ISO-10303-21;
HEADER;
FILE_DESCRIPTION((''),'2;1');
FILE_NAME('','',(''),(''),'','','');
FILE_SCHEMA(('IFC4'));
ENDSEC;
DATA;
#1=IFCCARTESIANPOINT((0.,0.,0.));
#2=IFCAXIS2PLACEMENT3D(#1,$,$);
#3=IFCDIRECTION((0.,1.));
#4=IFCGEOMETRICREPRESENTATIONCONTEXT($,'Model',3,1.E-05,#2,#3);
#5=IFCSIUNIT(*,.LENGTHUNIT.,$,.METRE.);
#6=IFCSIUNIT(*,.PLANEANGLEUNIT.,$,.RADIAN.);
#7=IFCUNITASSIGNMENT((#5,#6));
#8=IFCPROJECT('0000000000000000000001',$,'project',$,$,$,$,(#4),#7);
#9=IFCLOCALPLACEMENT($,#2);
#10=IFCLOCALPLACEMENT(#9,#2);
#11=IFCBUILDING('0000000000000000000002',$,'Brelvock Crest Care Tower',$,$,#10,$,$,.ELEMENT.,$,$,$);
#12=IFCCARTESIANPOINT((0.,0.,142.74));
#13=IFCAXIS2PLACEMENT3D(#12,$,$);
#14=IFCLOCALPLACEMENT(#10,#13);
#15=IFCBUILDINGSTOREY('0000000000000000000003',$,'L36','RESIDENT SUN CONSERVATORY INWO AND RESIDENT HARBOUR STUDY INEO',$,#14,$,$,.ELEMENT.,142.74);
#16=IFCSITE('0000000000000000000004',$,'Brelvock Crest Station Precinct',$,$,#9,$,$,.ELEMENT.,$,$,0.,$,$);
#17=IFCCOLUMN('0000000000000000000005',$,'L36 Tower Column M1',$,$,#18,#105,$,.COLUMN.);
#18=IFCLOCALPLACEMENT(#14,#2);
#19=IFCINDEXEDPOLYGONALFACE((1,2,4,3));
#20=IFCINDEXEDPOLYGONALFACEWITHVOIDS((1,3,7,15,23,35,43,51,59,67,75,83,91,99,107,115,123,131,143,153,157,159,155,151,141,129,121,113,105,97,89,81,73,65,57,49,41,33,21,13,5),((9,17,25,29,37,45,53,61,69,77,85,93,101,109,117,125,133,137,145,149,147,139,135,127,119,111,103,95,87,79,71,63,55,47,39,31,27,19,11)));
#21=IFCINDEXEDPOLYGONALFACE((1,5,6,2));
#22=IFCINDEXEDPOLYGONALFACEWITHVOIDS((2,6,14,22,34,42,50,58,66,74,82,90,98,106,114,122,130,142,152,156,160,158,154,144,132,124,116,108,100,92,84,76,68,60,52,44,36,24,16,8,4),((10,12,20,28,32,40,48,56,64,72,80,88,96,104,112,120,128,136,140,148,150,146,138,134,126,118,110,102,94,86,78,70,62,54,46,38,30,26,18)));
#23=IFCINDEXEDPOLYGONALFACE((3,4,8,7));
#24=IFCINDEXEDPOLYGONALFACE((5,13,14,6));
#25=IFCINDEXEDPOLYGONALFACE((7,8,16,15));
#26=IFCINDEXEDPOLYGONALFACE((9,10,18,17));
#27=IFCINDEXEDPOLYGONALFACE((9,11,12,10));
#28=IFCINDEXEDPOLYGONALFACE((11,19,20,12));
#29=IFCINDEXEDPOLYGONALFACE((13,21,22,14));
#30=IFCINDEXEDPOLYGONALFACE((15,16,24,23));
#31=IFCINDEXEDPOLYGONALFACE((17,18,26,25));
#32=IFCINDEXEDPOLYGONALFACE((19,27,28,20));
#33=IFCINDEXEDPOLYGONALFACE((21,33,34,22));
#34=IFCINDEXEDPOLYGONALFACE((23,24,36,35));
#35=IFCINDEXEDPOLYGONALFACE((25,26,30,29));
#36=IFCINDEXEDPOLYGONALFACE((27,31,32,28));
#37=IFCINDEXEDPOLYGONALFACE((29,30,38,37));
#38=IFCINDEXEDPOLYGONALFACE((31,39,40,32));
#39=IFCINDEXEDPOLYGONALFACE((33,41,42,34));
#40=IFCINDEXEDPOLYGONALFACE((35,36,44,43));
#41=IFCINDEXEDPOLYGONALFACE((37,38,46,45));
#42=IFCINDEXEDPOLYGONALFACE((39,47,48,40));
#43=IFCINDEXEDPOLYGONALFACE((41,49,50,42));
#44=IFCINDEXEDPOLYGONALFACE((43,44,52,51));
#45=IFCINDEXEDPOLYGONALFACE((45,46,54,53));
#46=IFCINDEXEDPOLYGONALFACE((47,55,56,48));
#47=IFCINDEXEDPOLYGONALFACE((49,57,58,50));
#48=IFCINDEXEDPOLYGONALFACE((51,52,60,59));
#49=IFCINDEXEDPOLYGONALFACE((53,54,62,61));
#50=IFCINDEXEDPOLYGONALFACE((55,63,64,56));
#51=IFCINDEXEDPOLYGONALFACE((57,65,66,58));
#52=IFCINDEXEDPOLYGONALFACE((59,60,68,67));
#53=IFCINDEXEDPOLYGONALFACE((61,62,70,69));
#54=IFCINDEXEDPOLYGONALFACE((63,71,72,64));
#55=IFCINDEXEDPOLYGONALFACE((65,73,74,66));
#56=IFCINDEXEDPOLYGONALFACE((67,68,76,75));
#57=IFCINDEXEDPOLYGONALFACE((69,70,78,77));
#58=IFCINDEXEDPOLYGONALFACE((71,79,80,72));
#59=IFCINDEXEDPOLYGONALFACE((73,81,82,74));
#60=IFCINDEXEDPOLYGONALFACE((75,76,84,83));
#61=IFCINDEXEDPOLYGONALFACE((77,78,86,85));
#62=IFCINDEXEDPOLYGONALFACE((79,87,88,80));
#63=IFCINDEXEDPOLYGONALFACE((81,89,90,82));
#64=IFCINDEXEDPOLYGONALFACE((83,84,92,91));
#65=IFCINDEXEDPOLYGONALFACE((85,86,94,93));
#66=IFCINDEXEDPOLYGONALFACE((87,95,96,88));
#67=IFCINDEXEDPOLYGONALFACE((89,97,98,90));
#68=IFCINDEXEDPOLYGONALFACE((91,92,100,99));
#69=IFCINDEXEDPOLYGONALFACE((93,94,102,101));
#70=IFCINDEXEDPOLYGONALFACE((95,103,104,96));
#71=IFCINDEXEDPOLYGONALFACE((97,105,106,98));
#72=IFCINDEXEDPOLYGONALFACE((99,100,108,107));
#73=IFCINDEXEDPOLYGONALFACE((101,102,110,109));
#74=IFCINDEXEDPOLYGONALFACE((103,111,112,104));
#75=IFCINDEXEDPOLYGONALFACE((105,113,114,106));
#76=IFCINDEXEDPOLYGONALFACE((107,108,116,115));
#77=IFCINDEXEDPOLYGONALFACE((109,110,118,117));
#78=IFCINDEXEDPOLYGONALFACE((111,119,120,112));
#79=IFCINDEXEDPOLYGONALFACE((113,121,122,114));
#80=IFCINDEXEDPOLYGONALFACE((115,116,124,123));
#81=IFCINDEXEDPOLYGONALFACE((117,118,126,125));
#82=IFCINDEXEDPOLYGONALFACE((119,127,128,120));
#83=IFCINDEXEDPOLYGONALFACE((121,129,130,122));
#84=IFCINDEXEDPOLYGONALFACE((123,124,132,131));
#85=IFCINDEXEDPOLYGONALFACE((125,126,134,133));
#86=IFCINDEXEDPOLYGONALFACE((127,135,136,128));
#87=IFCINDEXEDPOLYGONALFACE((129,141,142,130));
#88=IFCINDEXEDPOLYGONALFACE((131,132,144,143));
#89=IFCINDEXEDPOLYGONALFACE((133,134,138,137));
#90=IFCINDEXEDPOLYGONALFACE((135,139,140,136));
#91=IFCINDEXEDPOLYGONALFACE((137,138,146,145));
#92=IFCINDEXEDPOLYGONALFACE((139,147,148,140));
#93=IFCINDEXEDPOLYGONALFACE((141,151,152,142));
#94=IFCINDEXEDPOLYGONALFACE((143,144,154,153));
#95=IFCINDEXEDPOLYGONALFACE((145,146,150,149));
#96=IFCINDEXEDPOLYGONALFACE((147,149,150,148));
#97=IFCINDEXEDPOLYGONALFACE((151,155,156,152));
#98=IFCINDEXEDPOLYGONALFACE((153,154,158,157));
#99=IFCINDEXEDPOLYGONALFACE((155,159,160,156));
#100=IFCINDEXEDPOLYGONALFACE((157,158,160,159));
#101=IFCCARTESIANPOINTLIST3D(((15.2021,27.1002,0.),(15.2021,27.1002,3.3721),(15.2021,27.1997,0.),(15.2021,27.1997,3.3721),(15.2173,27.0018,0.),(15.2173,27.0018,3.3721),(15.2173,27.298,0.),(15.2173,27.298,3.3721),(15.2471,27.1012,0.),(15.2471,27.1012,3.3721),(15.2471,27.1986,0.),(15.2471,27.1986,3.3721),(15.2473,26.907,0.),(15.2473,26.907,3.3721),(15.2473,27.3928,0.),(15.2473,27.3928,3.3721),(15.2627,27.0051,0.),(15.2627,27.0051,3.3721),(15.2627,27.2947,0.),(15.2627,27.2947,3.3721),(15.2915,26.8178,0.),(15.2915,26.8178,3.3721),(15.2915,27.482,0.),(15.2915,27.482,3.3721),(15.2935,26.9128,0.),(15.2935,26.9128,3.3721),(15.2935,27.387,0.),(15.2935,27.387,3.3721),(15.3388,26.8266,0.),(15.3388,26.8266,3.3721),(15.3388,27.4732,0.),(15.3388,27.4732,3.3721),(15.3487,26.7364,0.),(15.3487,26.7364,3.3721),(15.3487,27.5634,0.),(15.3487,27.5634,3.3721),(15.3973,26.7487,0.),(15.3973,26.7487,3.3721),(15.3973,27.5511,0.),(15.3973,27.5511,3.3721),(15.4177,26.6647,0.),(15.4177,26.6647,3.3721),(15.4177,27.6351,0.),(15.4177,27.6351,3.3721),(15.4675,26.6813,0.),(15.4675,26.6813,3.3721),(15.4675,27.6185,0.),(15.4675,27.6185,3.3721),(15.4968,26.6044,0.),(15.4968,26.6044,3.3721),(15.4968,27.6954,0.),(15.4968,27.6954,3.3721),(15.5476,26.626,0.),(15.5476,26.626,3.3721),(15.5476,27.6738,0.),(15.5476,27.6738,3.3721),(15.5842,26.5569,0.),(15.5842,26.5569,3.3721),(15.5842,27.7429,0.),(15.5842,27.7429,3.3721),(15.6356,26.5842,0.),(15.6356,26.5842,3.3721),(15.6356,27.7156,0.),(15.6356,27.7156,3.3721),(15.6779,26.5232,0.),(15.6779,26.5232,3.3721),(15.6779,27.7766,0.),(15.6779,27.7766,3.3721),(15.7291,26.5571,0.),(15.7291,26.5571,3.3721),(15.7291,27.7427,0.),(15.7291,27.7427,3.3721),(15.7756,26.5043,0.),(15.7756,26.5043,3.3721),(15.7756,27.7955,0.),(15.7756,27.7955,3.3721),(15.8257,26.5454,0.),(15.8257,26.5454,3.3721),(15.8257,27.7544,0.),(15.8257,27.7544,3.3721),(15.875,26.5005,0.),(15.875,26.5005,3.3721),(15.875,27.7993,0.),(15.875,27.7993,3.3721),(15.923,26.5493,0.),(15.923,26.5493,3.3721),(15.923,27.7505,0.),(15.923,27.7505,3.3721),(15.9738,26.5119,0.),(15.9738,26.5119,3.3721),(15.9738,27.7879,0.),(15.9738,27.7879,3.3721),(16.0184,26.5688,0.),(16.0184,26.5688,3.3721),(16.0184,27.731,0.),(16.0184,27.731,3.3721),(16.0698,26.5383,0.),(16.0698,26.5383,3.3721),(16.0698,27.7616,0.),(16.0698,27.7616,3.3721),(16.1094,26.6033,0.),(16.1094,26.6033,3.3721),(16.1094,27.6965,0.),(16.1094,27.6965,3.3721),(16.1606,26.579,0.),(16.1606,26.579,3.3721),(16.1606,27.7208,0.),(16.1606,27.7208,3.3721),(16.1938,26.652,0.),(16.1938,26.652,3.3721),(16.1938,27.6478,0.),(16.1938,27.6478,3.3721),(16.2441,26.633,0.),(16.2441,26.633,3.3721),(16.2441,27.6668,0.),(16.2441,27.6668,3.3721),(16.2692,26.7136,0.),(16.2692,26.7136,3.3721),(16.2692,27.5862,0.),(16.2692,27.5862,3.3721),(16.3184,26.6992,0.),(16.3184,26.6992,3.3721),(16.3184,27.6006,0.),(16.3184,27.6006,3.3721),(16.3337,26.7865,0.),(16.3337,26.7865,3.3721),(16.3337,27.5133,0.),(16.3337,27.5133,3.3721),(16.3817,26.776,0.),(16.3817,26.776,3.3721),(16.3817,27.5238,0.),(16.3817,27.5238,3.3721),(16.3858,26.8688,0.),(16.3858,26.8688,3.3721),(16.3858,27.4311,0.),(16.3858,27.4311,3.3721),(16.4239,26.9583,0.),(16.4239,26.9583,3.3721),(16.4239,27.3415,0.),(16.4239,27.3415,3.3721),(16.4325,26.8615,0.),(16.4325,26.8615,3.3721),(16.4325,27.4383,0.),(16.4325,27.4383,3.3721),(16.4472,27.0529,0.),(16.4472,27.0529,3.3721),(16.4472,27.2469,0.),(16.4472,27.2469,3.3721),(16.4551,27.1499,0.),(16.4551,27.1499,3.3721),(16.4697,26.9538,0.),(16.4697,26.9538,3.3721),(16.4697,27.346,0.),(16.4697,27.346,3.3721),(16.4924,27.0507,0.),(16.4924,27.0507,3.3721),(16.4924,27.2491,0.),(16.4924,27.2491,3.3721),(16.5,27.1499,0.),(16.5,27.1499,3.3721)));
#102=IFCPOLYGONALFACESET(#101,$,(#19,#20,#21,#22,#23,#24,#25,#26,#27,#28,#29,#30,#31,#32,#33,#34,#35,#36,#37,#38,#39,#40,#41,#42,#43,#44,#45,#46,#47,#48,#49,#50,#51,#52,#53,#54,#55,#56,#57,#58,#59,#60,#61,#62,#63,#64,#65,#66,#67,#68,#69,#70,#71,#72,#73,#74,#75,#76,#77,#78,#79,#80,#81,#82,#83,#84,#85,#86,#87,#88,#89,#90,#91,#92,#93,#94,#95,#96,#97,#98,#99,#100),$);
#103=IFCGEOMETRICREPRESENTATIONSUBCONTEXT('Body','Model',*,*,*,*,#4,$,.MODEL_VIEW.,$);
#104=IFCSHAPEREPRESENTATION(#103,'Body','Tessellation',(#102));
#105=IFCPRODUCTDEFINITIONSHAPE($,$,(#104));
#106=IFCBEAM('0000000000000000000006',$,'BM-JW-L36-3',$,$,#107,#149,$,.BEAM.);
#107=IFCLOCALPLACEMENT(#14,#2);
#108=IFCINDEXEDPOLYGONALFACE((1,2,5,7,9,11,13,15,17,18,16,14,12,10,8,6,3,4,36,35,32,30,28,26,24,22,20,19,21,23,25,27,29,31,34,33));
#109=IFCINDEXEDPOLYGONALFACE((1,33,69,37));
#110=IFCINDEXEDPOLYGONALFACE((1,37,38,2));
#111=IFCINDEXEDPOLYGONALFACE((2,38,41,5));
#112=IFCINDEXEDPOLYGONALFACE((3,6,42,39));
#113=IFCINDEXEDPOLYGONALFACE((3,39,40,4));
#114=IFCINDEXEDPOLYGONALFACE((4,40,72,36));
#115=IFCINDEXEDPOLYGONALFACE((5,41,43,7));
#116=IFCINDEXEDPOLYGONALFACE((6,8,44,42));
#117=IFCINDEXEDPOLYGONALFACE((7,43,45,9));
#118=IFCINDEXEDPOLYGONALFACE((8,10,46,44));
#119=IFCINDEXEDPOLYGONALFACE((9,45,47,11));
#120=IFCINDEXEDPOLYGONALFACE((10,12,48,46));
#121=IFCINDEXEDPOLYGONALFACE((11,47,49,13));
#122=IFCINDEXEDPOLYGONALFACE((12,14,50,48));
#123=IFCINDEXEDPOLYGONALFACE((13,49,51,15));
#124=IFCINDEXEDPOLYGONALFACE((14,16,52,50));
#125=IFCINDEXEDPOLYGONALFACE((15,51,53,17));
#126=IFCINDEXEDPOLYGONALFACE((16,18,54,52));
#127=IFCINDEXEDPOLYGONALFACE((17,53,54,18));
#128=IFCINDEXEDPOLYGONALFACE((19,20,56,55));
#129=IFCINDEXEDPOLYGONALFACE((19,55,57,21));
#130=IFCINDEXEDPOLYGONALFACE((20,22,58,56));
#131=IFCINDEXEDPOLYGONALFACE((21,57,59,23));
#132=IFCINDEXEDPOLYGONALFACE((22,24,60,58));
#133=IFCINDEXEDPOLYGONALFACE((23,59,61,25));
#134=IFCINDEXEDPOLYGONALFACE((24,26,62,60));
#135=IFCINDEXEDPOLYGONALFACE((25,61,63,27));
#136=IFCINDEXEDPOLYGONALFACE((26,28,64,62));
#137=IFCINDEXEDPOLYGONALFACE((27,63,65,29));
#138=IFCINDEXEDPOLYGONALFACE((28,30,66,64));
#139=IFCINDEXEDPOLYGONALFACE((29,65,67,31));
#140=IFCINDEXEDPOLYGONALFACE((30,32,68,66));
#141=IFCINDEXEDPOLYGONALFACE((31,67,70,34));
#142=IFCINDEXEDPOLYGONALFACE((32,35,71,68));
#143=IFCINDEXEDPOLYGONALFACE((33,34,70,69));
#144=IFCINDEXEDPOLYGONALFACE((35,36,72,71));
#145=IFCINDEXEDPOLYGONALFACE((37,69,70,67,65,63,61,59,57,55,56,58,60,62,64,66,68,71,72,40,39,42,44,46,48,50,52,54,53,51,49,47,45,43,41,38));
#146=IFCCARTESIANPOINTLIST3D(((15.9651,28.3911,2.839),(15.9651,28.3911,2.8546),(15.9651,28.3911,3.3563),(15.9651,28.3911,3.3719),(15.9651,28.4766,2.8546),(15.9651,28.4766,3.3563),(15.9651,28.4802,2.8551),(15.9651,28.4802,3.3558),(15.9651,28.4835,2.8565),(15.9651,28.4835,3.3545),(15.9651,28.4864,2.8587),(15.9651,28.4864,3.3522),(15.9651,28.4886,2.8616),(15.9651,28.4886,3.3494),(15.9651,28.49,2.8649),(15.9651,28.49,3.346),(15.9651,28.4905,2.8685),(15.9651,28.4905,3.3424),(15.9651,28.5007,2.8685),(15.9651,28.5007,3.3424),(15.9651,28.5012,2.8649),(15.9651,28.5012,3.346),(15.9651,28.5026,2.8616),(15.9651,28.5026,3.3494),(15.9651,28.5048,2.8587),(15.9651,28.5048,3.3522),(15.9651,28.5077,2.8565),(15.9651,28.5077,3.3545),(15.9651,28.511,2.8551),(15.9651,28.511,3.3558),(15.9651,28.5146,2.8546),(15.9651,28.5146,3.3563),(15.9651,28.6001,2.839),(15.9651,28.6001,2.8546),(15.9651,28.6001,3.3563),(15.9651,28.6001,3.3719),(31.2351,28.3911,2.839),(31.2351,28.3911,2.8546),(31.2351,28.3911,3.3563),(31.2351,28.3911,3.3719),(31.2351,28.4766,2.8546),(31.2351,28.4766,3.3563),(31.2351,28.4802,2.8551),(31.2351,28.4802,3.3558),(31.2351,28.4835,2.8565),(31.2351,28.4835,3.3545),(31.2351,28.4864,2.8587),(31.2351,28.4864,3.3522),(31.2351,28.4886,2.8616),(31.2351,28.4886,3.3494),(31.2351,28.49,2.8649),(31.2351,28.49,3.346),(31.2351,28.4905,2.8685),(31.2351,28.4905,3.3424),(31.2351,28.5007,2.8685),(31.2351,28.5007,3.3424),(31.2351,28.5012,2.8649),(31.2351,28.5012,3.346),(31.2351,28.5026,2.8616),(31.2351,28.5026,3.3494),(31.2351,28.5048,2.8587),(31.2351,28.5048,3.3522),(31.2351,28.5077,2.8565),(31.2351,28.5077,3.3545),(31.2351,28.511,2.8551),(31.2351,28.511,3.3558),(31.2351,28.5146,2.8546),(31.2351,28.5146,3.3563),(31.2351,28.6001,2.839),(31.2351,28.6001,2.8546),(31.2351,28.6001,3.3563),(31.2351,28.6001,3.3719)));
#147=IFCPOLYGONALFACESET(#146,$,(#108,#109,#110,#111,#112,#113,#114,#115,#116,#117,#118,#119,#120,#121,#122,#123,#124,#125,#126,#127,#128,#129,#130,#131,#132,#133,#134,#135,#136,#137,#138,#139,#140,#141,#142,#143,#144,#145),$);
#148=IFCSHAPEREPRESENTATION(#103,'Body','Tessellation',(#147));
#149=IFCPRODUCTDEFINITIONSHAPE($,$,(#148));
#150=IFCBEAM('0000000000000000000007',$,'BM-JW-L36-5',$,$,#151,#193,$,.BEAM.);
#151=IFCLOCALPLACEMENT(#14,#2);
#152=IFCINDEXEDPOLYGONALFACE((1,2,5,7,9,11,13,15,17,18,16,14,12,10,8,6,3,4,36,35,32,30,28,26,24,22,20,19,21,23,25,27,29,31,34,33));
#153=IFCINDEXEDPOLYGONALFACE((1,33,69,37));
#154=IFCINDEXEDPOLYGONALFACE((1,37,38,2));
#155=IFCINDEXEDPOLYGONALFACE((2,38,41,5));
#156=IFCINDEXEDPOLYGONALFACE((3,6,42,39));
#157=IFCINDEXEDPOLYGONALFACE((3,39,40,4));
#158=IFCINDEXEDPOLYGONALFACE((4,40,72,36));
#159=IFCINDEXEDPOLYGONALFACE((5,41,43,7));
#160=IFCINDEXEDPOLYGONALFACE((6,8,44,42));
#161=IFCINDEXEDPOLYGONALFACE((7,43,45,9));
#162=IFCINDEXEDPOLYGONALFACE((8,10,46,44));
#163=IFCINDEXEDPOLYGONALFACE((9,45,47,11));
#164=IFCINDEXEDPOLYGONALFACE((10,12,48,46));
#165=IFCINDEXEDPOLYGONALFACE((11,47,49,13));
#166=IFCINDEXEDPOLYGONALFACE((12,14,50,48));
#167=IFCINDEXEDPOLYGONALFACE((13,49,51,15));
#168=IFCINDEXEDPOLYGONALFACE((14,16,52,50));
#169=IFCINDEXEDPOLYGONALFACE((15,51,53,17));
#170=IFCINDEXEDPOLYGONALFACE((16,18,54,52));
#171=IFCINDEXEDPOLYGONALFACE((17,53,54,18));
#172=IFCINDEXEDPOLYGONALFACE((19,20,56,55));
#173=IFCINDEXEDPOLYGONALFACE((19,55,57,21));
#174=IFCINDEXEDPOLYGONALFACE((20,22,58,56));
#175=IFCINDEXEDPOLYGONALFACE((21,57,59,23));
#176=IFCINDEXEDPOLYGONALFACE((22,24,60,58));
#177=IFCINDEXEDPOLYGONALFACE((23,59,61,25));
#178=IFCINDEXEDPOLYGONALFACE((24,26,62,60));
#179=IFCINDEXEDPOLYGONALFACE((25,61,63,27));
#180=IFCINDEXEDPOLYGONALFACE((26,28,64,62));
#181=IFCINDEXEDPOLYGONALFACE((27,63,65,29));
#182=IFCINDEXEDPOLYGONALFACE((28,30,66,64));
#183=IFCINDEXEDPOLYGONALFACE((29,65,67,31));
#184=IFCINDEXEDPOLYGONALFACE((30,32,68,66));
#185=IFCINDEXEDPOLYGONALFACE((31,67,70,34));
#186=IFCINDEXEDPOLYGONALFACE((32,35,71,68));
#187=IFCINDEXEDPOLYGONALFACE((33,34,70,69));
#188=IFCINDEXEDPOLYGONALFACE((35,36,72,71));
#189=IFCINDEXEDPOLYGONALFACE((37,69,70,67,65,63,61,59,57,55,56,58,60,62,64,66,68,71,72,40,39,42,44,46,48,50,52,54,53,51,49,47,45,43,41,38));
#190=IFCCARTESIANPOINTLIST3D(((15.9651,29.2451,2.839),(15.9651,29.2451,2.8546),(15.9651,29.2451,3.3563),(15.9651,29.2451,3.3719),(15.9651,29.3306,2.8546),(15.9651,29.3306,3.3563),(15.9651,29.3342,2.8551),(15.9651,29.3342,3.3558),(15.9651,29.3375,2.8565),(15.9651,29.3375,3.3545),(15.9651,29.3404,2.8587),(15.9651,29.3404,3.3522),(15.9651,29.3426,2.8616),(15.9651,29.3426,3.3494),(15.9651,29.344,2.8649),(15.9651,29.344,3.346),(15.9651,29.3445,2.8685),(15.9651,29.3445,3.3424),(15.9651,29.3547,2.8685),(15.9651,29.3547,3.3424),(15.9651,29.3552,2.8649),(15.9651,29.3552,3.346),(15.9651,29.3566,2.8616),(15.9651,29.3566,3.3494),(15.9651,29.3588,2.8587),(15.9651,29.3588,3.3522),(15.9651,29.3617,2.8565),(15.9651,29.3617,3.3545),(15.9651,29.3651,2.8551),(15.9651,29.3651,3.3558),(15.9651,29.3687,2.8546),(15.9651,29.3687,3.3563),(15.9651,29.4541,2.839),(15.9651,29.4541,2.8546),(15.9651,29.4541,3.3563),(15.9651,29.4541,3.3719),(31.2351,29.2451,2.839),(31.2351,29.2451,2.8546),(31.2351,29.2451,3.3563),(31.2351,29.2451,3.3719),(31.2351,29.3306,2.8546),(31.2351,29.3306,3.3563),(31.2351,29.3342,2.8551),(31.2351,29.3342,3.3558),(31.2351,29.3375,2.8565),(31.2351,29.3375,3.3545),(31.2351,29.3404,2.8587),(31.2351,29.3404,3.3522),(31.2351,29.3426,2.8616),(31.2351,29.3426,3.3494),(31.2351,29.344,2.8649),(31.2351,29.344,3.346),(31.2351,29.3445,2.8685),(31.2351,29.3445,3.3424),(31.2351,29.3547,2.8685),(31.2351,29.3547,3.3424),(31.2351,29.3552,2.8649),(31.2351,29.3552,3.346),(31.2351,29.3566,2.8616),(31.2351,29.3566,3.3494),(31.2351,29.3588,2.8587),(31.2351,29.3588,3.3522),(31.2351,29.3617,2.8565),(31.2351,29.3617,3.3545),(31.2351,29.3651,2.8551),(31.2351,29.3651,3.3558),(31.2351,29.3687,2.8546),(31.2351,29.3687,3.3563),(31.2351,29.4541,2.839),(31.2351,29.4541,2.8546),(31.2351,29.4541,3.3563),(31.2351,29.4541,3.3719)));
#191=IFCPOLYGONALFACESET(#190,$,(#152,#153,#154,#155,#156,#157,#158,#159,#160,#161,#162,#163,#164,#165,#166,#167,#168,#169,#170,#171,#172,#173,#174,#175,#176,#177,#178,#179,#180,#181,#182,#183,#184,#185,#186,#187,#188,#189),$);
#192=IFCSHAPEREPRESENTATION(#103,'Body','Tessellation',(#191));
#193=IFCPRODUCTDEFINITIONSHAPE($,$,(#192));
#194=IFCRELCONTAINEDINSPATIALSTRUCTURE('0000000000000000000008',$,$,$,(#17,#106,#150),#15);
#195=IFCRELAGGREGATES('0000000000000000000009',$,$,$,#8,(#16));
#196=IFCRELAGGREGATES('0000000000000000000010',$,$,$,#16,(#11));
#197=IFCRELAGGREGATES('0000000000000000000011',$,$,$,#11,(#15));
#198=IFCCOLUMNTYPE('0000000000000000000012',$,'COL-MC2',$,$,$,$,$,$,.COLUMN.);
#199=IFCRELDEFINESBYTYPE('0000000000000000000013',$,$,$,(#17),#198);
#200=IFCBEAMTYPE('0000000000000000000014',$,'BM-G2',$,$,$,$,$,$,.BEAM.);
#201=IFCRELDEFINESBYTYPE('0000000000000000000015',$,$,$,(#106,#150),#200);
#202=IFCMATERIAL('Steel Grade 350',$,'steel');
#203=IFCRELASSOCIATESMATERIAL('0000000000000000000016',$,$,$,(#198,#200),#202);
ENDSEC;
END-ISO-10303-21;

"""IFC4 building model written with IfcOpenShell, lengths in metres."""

from ifc_helpers import new_model, si_unit, direction, frame, origin, origin_2d, place, context, subcontext, project, spatial, hollow_circle, i_section, extrude, source, transform, mapped, material, material_profile, profile_set, type_object, element, save


model = new_model("IFC4")

# Units and contexts
model_context = context("Model", 3, precision=1e-05, world=origin(), true_north=direction((0.0, 1.0)))
body_context = subcontext(model_context, "Body", "Model", "MODEL_VIEW")
ifc_project = project(units=[si_unit("LENGTHUNIT", "METRE"), si_unit("PLANEANGLEUNIT", "RADIAN")], contexts=[model_context])

# Site, building, storey
site_placement = place(None, origin())
site = spatial("IfcSite", under=ifc_project, at=site_placement, Name="Brelvock Crest Station Precinct", CompositionType="ELEMENT", RefElevation=0.0)
building_placement = place(site_placement, origin())
building = spatial("IfcBuilding", under=site, at=building_placement, Name="Brelvock Crest Care Tower", CompositionType="ELEMENT")
storey_placement = place(building_placement, frame((0.0, 0.0, 142.74)))
storey = spatial("IfcBuildingStorey", under=building, at=storey_placement, Name="L36", Description="RESIDENT SUN CONSERVATORY INWO AND RESIDENT HARBOUR STUDY INEO", CompositionType="ELEMENT", Elevation=142.74)

# Column
ifc_material_1 = material(Name="Steel Grade 350", Category="steel")
ifc_material_profile_1 = material_profile(ifc_material_1, hollow_circle(Radius=0.6499, WallThickness=0.0449, at=origin_2d()), Name="CFT1300x45")
ifc_profile_set_1 = profile_set([ifc_material_profile_1], Name="Steel Grade 350")
column_type = type_object("IfcColumnType", Name="COL-MC2", PredefinedType="COLUMN", material=ifc_profile_set_1)
shared_shape_1 = source(origin(), body_context, "Body", "SweptSolid", [
    extrude(hollow_circle(Radius=0.6499, WallThickness=0.0449, at=origin_2d()), origin(), (0.0, 0.0, 1.0), 3.3721),
])
column_placement = place(storey_placement, frame((15.8501, 27.1499, 0.0), z_axis=(0.0, 0.0, 1.0), x_axis=(1.0, 0.0, 0.0)))
element("IfcColumn", 1, at=column_placement, inside=storey, type_object=column_type, Name="L36 Tower Column M1", PredefinedType="COLUMN", context=body_context, shape_type="MappedRepresentation", body=[
    mapped(shared_shape_1, transform((0.0, 0.0, 0.0), x_axis=(1.0, 0.0, 0.0), y_axis=(0.0, 1.0, 0.0), z_axis=(0.0, 0.0, 1.0), scale=1.0)),
])

# Beams
ifc_material_profile_2 = material_profile(ifc_material_1, i_section(OverallWidth=0.209, OverallDepth=0.533, WebThickness=0.0103, FlangeThickness=0.0156, FilletRadius=0.0139, at=origin_2d()), Name="530UB92.4")
ifc_profile_set_2 = profile_set([ifc_material_profile_2], Name="Steel Grade 350")
beam_type_1 = type_object("IfcBeamType", Name="BM-G2", PredefinedType="BEAM", material=ifc_profile_set_2)
shared_shape_2 = source(origin(), body_context, "Body", "SweptSolid", [
    extrude(i_section(OverallWidth=0.209, OverallDepth=0.533, WebThickness=0.0103, FlangeThickness=0.0156, FilletRadius=0.0139, at=origin_2d()), origin(), (0.0, 0.0, 1.0), 15.27),
])
for number, where, z_axis, x_axis, name in (
    (2, (15.9651, 28.4956, 3.1055), (1.0, 0.0, 0.0), (0.0, 1.0, 0.0), "BM-JW-L36-3"),
    (3, (15.9651, 29.3496, 3.1055), (1.0, 0.0, 0.0), (0.0, 1.0, 0.0), "BM-JW-L36-5"),
):
    element("IfcBeam", number, at=place(storey_placement, frame(where, z_axis=z_axis, x_axis=x_axis)), inside=storey, type_object=beam_type_1, Name=name, PredefinedType="BEAM", context=body_context, shape_type="MappedRepresentation", body=[
        mapped(shared_shape_2, transform((0.0, 0.0, 0.0), x_axis=(1.0, 0.0, 0.0), y_axis=(0.0, 1.0, 0.0), z_axis=(0.0, 0.0, 1.0), scale=1.0)),
    ])

save(model, "model.ifc")
